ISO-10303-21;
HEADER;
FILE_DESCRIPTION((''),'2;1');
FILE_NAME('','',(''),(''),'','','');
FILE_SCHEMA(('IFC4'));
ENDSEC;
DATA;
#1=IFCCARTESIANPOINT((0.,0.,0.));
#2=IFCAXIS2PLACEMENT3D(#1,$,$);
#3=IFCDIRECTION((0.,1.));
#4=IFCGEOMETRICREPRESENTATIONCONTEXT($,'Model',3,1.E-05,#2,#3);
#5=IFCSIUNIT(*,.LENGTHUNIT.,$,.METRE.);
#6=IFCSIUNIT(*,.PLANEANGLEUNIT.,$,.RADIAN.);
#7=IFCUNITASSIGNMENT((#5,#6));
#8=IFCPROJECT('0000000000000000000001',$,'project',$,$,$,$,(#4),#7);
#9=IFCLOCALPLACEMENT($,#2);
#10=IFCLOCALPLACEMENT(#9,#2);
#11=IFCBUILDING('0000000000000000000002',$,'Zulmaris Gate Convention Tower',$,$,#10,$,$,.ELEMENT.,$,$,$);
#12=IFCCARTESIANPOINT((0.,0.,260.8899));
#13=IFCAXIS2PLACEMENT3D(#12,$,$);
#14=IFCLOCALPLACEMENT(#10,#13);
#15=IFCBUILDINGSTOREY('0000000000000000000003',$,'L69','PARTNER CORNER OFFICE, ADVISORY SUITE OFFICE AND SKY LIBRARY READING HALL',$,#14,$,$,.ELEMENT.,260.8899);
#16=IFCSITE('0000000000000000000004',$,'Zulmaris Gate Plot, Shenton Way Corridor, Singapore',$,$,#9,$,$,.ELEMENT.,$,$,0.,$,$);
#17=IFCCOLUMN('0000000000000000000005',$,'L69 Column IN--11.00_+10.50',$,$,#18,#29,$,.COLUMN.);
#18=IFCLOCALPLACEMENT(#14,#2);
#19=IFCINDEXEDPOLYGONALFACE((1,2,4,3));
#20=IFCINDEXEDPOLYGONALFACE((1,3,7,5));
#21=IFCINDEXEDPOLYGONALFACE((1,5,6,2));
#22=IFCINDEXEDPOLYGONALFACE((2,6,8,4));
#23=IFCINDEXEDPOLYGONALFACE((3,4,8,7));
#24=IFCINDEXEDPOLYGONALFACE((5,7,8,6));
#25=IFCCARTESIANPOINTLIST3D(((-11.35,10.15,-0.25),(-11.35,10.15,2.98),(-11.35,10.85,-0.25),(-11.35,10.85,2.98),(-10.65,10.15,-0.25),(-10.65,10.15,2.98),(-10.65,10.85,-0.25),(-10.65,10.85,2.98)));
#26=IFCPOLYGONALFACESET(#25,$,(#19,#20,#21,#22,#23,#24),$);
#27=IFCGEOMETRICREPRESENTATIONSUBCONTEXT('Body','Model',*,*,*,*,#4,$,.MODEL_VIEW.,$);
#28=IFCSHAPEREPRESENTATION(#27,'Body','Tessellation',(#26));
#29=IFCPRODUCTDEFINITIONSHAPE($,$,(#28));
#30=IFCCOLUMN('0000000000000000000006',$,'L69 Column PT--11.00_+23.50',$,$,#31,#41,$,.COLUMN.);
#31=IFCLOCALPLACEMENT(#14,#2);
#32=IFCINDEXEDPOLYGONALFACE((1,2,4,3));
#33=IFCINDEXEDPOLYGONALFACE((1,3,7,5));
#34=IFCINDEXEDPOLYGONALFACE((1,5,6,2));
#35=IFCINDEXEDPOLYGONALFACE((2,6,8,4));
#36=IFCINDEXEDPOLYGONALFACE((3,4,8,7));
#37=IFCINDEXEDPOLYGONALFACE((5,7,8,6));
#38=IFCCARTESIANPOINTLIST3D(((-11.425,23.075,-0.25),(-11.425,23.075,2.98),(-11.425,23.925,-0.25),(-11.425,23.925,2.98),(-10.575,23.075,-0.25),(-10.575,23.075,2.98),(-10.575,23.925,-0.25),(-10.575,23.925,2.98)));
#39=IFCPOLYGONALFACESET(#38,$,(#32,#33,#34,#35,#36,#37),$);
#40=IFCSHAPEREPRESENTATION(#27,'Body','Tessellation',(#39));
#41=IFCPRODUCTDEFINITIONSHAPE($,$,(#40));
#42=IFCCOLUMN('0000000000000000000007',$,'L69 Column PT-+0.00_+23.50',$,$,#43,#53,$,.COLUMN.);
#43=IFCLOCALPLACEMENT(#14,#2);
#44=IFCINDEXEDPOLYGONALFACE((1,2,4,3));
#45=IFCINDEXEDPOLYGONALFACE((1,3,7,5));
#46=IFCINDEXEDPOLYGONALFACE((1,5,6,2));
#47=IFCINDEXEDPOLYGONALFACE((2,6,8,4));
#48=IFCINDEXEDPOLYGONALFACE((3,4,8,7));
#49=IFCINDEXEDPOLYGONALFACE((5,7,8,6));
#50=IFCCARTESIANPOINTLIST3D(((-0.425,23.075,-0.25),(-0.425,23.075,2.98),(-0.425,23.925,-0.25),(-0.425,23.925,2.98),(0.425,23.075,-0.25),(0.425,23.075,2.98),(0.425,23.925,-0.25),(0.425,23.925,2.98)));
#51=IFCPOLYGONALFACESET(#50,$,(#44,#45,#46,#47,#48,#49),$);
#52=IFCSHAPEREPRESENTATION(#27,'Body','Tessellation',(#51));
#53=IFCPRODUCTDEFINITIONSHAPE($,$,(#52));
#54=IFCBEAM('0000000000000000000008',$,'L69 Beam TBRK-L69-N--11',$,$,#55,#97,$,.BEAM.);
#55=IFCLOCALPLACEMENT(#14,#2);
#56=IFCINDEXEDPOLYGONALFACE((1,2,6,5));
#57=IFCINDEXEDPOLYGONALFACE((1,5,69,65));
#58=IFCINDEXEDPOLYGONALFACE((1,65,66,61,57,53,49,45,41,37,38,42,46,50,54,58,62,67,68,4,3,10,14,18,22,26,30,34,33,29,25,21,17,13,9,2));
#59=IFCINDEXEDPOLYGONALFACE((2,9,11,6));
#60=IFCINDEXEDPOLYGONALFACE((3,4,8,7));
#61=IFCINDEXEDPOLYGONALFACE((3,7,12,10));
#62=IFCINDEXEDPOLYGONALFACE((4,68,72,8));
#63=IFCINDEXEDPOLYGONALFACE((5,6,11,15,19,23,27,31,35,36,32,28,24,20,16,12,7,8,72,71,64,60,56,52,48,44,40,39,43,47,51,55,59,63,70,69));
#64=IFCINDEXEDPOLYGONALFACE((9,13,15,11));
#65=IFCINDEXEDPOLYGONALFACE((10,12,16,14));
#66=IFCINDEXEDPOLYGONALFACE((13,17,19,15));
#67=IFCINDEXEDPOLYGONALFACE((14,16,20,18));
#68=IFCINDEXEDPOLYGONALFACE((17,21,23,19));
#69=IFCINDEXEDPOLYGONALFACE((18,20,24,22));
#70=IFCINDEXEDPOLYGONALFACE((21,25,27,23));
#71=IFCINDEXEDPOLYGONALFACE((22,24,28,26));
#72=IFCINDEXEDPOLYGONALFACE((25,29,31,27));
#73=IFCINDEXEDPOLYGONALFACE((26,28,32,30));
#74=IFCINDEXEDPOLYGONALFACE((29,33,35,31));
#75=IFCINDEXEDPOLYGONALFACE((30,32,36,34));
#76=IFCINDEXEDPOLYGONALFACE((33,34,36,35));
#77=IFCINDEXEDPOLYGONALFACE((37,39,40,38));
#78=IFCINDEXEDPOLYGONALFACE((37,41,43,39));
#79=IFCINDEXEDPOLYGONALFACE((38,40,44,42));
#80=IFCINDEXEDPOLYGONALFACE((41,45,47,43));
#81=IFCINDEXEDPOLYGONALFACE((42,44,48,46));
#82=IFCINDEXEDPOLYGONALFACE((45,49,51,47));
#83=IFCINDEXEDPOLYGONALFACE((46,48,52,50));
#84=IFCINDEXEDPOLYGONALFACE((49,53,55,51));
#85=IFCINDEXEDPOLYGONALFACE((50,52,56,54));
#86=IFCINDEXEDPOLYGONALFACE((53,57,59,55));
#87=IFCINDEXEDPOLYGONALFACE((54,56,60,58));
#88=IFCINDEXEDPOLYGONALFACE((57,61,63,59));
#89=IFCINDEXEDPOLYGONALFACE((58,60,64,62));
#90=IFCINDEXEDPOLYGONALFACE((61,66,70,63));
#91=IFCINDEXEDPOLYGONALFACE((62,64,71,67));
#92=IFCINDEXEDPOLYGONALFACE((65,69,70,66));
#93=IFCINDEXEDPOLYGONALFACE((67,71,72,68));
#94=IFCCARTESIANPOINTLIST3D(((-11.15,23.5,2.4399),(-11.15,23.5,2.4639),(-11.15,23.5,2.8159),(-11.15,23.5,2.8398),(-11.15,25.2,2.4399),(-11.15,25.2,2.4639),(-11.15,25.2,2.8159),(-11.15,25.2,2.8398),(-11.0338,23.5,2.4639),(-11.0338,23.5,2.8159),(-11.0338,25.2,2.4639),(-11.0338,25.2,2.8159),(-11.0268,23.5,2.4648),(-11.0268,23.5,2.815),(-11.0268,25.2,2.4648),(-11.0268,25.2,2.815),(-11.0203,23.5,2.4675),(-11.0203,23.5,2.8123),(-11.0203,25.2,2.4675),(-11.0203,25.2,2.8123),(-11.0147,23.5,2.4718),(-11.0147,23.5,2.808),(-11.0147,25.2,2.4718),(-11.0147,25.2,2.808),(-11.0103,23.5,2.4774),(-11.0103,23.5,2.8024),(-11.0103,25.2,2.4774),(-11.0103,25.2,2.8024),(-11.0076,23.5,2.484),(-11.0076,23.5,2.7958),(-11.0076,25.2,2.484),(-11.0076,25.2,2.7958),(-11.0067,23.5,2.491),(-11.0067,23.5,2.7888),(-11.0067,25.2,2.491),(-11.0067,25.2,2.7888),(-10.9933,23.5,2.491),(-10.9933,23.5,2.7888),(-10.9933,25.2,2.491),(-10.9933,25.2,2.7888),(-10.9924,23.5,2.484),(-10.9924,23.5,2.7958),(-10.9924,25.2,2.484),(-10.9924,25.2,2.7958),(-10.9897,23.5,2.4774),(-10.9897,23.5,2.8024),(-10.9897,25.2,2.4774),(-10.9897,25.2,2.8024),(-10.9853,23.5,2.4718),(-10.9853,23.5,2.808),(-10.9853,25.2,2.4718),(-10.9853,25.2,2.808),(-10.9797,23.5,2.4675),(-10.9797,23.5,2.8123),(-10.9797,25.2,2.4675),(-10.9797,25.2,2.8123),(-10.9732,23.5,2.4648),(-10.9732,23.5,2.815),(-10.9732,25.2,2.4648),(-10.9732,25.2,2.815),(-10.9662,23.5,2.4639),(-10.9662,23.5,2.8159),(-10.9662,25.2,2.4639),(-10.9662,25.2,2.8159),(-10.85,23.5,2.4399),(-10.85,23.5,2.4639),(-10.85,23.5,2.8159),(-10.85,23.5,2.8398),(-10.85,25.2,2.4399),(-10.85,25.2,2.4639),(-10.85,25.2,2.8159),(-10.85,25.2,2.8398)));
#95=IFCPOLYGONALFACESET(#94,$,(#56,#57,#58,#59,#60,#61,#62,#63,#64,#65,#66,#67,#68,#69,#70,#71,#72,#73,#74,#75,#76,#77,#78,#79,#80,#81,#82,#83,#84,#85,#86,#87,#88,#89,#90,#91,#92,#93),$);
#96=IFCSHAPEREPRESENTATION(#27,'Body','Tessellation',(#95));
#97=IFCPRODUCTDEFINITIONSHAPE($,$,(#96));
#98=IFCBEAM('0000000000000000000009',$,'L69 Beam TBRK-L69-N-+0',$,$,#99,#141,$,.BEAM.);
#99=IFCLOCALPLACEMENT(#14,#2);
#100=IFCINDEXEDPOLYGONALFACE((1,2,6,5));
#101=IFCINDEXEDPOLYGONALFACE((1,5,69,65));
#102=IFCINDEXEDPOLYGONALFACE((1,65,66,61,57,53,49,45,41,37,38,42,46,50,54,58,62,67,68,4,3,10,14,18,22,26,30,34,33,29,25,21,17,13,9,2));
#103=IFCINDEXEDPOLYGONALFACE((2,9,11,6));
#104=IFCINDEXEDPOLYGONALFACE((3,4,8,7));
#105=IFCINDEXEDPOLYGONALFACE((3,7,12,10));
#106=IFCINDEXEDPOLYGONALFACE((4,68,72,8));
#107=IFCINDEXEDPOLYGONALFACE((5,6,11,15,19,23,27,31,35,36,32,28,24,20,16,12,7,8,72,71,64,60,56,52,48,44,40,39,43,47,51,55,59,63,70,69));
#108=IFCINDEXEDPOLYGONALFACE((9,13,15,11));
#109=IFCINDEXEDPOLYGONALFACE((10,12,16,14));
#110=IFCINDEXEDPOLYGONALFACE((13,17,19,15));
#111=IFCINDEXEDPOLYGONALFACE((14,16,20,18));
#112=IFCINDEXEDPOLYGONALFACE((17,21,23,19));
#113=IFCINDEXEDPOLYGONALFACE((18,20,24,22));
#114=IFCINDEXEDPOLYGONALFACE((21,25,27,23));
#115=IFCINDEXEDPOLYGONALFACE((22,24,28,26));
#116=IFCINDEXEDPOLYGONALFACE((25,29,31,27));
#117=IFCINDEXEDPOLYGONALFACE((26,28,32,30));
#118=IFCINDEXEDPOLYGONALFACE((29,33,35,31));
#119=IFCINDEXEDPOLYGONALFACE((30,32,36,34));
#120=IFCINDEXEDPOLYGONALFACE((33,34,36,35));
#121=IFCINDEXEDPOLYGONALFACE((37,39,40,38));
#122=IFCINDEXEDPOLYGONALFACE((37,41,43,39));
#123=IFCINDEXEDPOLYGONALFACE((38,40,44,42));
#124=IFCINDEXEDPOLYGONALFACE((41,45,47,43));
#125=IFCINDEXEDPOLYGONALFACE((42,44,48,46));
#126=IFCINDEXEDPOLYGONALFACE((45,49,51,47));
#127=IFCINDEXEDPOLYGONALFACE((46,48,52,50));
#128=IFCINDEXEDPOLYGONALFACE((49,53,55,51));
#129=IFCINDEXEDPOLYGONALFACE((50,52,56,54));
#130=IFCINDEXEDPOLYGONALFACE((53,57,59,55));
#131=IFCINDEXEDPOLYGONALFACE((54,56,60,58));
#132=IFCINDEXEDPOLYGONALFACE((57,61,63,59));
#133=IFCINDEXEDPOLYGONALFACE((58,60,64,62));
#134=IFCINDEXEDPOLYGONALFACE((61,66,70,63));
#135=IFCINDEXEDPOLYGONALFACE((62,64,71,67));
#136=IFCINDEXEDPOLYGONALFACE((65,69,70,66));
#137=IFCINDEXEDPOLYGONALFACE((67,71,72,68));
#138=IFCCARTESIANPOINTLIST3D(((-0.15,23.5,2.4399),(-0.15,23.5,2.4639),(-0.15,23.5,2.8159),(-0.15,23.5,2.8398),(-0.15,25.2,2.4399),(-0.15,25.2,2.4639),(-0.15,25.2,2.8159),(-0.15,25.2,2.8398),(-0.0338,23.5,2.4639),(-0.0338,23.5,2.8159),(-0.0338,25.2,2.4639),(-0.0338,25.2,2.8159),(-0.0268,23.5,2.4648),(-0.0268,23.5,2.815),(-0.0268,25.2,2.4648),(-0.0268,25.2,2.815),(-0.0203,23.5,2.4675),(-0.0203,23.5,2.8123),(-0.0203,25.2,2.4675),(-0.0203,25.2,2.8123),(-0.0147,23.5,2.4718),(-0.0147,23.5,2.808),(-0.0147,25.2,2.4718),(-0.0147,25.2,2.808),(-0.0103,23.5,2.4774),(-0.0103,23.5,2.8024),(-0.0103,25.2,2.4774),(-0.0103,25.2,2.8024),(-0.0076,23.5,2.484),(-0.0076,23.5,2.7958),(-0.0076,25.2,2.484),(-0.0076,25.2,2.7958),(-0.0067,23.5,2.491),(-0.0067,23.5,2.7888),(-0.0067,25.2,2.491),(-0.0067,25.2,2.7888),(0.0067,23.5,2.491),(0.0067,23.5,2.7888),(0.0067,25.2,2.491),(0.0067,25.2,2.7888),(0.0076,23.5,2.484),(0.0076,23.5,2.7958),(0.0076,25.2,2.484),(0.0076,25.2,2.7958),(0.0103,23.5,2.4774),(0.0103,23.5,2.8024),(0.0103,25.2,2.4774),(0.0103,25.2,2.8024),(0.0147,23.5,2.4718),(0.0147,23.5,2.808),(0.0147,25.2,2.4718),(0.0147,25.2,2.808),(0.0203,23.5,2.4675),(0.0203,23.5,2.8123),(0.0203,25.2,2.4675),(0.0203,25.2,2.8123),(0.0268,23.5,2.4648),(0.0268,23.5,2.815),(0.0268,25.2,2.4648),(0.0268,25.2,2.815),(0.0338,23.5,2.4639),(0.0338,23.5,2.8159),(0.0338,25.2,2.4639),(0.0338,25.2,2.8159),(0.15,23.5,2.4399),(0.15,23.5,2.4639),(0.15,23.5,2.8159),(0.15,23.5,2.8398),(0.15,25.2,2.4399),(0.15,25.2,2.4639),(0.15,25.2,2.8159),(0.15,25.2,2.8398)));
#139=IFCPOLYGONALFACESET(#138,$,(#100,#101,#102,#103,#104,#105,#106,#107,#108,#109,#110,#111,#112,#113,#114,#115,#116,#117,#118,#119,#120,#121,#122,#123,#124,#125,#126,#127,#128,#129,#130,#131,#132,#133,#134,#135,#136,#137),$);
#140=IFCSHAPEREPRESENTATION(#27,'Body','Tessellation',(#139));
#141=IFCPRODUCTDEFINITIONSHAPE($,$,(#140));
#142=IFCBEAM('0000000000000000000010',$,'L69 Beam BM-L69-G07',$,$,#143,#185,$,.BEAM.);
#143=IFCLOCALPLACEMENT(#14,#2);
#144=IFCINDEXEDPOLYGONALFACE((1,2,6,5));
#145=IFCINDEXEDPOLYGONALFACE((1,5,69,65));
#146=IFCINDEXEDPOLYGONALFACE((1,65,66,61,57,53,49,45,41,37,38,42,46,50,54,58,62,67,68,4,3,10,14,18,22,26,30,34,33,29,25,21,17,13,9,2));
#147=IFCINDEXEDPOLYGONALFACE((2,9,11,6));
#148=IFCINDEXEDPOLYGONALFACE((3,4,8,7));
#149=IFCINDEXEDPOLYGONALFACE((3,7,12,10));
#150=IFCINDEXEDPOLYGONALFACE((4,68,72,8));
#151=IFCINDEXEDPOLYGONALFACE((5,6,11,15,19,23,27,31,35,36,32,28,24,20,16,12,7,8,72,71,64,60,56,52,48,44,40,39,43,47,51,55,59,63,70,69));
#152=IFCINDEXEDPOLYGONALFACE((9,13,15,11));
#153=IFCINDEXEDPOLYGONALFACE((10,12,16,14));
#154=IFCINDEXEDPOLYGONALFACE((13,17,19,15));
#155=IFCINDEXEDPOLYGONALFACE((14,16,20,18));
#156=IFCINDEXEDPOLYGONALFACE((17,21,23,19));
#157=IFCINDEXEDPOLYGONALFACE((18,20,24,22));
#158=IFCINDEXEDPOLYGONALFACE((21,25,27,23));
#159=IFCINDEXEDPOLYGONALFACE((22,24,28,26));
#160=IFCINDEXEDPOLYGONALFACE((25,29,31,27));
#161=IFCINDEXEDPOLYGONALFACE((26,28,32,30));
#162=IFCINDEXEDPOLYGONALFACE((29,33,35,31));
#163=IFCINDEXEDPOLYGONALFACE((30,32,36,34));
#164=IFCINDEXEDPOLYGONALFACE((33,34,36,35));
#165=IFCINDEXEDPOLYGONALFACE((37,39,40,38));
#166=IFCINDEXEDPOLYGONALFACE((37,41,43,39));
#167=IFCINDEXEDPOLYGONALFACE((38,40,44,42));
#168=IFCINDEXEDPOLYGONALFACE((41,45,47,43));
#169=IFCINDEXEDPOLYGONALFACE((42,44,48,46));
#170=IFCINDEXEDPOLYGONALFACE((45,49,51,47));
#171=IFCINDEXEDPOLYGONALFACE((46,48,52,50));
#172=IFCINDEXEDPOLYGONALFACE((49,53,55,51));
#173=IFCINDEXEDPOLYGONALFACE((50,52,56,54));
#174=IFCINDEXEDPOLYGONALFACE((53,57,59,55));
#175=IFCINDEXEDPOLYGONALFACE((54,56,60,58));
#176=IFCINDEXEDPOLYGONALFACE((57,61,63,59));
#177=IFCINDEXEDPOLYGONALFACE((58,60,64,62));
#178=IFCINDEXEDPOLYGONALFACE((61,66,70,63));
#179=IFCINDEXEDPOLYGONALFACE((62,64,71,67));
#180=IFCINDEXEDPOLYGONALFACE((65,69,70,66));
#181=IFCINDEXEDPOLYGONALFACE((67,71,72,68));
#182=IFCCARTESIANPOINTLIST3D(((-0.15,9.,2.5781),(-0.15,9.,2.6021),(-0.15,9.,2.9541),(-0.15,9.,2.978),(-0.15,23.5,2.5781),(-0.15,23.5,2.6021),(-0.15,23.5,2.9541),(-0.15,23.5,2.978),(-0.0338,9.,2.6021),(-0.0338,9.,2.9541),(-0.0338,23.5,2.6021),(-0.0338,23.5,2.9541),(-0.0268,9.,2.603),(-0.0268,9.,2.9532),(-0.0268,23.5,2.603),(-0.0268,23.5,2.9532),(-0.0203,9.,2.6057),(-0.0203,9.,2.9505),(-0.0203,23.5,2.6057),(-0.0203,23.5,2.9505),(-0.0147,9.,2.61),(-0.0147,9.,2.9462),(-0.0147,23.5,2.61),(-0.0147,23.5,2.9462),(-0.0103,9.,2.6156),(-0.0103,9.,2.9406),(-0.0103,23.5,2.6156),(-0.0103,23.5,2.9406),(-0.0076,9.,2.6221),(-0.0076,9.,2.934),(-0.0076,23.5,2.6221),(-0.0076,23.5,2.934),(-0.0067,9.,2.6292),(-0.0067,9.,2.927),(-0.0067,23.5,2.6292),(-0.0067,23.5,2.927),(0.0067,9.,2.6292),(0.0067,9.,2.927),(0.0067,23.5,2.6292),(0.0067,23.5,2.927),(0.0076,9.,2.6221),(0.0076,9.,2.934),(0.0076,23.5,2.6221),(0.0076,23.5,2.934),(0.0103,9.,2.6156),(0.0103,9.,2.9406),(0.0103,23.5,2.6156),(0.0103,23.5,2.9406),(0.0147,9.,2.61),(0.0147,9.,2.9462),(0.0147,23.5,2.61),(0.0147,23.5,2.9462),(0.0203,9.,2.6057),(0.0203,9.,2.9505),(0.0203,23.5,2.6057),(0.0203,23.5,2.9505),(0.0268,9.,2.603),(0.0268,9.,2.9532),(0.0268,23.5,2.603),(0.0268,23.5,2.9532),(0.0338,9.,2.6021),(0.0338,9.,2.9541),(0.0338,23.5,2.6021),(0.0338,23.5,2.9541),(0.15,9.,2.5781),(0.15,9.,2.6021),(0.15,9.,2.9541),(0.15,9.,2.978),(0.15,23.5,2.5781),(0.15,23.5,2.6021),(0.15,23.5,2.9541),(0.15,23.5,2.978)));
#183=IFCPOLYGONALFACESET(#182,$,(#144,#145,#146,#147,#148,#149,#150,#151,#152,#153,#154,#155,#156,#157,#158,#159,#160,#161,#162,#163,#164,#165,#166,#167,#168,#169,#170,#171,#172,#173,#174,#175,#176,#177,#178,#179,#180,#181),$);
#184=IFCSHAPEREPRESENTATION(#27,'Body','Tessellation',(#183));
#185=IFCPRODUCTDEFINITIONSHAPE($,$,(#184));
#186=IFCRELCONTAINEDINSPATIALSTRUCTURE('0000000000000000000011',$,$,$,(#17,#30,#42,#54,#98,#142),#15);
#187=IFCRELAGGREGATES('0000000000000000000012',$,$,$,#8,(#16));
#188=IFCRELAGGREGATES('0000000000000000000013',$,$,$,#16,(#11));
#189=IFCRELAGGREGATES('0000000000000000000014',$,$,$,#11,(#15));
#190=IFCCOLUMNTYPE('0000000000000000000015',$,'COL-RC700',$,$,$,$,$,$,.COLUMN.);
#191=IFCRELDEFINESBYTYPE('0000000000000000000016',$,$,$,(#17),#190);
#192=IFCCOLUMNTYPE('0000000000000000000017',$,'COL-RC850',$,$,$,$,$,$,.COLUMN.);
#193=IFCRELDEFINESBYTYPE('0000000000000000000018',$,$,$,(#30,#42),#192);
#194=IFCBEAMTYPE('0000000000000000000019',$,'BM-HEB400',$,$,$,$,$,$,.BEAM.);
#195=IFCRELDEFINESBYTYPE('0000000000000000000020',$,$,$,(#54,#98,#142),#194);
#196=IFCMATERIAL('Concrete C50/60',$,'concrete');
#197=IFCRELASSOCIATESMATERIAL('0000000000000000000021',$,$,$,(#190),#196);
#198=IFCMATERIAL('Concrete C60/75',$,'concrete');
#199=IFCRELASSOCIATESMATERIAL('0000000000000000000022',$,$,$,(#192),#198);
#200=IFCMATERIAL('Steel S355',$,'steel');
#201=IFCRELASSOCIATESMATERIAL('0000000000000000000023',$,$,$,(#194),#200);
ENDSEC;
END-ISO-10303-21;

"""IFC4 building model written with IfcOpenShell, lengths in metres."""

from ifc_helpers import new_model, si_unit, direction, frame, origin, origin_2d, place, context, subcontext, project, spatial, rectangle, i_section, extrude, material, material_profile, profile_set, type_object, element, save


model = new_model("IFC4")

# Units and contexts
model_context = context("Model", 3, precision=1e-05, world=origin(), true_north=direction((0.0, 1.0)))
body_context = subcontext(model_context, "Body", "Model", "MODEL_VIEW")
ifc_project = project(units=[si_unit("LENGTHUNIT", "METRE"), si_unit("PLANEANGLEUNIT", "RADIAN")], contexts=[model_context])

# Site, building, storey
site_placement = place(None, origin())
site = spatial("IfcSite", under=ifc_project, at=site_placement, Name="Zulmaris Gate Plot, Shenton Way Corridor, Singapore", CompositionType="ELEMENT", RefElevation=0.0)
building_placement = place(site_placement, origin())
building = spatial("IfcBuilding", under=site, at=building_placement, Name="Zulmaris Gate Convention Tower", CompositionType="ELEMENT")
storey_placement = place(building_placement, frame((0.0, 0.0, 260.8899)))
storey = spatial("IfcBuildingStorey", under=building, at=storey_placement, Name="L69", Description="PARTNER CORNER OFFICE, ADVISORY SUITE OFFICE AND SKY LIBRARY READING HALL", CompositionType="ELEMENT", Elevation=260.8899)

# Columns
ifc_material_1 = material(Name="Concrete C50/60", Category="concrete")
ifc_material_profile_1 = material_profile(ifc_material_1, rectangle(XDim=0.7, YDim=0.7, at=origin_2d()), Name="RC COL 700x700")
ifc_profile_set_1 = profile_set([ifc_material_profile_1], Name="Concrete C50/60")
column_type_1 = type_object("IfcColumnType", Name="COL-RC700", PredefinedType="COLUMN", material=ifc_profile_set_1)
column_placement = place(storey_placement, frame((-11.0, 10.5, -0.25), z_axis=(0.0, 0.0, 1.0), x_axis=(1.0, 0.0, 0.0)))
element("IfcColumn", 1, at=column_placement, inside=storey, type_object=column_type_1, Name="L69 Column IN--11.00_+10.50", PredefinedType="COLUMN", context=body_context, shape_type="SweptSolid", body=[
    extrude(rectangle(XDim=0.7, YDim=0.7, at=origin_2d()), origin(), (0.0, 0.0, 1.0), 3.23),
])
ifc_material_2 = material(Name="Concrete C60/75", Category="concrete")
ifc_material_profile_2 = material_profile(ifc_material_2, rectangle(XDim=0.8501, YDim=0.8501, at=origin_2d()), Name="RC COL 850x850")
ifc_profile_set_2 = profile_set([ifc_material_profile_2], Name="Concrete C60/75")
column_type_2 = type_object("IfcColumnType", Name="COL-RC850", PredefinedType="COLUMN", material=ifc_profile_set_2)
for number, where, z_axis, x_axis, name in (
    (2, (-11.0, 23.5, -0.25), (0.0, 0.0, 1.0), (1.0, 0.0, 0.0), "L69 Column PT--11.00_+23.50"),
    (3, (0.0, 23.5, -0.25), (0.0, 0.0, 1.0), (1.0, 0.0, 0.0), "L69 Column PT-+0.00_+23.50"),
):
    element("IfcColumn", number, at=place(storey_placement, frame(where, z_axis=z_axis, x_axis=x_axis)), inside=storey, type_object=column_type_2, Name=name, PredefinedType="COLUMN", context=body_context, shape_type="SweptSolid", body=[
        extrude(rectangle(XDim=0.8501, YDim=0.8501, at=origin_2d()), origin(), (0.0, 0.0, 1.0), 3.23),
    ])

# Beams
ifc_material_3 = material(Name="Steel S355", Category="steel")
ifc_material_profile_3 = material_profile(ifc_material_3, i_section(OverallWidth=0.3, OverallDepth=0.3999, WebThickness=0.0134, FlangeThickness=0.0239, FilletRadius=0.0271, at=origin_2d()), Name="HEB 400")
ifc_profile_set_3 = profile_set([ifc_material_profile_3], Name="Steel S355")
beam_type_1 = type_object("IfcBeamType", Name="BM-HEB400", PredefinedType="BEAM", material=ifc_profile_set_3)
for number, where, z_axis, x_axis, name in (
    (4, (-11.0, 23.5, 2.6399), (0.0, 1.0, 0.0), (-1.0, 0.0, 0.0), "L69 Beam TBRK-L69-N--11"),
    (5, (0.0, 23.5, 2.6399), (0.0, 1.0, 0.0), (-1.0, 0.0, 0.0), "L69 Beam TBRK-L69-N-+0"),
):
    element("IfcBeam", number, at=place(storey_placement, frame(where, z_axis=z_axis, x_axis=x_axis)), inside=storey, type_object=beam_type_1, Name=name, PredefinedType="BEAM", context=body_context, shape_type="SweptSolid", body=[
        extrude(i_section(OverallWidth=0.3, OverallDepth=0.3999, WebThickness=0.0134, FlangeThickness=0.0239, FilletRadius=0.0271, at=origin_2d()), origin(), (0.0, 0.0, 1.0), 1.7),
    ])
beam_1_placement = place(storey_placement, frame((0.0, 9.0, 2.7781), z_axis=(0.0, 1.0, 0.0), x_axis=(-1.0, 0.0, 0.0)))
element("IfcBeam", 6, at=beam_1_placement, inside=storey, type_object=beam_type_1, Name="L69 Beam BM-L69-G07", PredefinedType="BEAM", context=body_context, shape_type="SweptSolid", body=[
    extrude(i_section(OverallWidth=0.3, OverallDepth=0.3999, WebThickness=0.0134, FlangeThickness=0.0239, FilletRadius=0.0271, at=origin_2d()), origin(), (0.0, 0.0, 1.0), 14.5),
])

save(model, "model.ifc")
